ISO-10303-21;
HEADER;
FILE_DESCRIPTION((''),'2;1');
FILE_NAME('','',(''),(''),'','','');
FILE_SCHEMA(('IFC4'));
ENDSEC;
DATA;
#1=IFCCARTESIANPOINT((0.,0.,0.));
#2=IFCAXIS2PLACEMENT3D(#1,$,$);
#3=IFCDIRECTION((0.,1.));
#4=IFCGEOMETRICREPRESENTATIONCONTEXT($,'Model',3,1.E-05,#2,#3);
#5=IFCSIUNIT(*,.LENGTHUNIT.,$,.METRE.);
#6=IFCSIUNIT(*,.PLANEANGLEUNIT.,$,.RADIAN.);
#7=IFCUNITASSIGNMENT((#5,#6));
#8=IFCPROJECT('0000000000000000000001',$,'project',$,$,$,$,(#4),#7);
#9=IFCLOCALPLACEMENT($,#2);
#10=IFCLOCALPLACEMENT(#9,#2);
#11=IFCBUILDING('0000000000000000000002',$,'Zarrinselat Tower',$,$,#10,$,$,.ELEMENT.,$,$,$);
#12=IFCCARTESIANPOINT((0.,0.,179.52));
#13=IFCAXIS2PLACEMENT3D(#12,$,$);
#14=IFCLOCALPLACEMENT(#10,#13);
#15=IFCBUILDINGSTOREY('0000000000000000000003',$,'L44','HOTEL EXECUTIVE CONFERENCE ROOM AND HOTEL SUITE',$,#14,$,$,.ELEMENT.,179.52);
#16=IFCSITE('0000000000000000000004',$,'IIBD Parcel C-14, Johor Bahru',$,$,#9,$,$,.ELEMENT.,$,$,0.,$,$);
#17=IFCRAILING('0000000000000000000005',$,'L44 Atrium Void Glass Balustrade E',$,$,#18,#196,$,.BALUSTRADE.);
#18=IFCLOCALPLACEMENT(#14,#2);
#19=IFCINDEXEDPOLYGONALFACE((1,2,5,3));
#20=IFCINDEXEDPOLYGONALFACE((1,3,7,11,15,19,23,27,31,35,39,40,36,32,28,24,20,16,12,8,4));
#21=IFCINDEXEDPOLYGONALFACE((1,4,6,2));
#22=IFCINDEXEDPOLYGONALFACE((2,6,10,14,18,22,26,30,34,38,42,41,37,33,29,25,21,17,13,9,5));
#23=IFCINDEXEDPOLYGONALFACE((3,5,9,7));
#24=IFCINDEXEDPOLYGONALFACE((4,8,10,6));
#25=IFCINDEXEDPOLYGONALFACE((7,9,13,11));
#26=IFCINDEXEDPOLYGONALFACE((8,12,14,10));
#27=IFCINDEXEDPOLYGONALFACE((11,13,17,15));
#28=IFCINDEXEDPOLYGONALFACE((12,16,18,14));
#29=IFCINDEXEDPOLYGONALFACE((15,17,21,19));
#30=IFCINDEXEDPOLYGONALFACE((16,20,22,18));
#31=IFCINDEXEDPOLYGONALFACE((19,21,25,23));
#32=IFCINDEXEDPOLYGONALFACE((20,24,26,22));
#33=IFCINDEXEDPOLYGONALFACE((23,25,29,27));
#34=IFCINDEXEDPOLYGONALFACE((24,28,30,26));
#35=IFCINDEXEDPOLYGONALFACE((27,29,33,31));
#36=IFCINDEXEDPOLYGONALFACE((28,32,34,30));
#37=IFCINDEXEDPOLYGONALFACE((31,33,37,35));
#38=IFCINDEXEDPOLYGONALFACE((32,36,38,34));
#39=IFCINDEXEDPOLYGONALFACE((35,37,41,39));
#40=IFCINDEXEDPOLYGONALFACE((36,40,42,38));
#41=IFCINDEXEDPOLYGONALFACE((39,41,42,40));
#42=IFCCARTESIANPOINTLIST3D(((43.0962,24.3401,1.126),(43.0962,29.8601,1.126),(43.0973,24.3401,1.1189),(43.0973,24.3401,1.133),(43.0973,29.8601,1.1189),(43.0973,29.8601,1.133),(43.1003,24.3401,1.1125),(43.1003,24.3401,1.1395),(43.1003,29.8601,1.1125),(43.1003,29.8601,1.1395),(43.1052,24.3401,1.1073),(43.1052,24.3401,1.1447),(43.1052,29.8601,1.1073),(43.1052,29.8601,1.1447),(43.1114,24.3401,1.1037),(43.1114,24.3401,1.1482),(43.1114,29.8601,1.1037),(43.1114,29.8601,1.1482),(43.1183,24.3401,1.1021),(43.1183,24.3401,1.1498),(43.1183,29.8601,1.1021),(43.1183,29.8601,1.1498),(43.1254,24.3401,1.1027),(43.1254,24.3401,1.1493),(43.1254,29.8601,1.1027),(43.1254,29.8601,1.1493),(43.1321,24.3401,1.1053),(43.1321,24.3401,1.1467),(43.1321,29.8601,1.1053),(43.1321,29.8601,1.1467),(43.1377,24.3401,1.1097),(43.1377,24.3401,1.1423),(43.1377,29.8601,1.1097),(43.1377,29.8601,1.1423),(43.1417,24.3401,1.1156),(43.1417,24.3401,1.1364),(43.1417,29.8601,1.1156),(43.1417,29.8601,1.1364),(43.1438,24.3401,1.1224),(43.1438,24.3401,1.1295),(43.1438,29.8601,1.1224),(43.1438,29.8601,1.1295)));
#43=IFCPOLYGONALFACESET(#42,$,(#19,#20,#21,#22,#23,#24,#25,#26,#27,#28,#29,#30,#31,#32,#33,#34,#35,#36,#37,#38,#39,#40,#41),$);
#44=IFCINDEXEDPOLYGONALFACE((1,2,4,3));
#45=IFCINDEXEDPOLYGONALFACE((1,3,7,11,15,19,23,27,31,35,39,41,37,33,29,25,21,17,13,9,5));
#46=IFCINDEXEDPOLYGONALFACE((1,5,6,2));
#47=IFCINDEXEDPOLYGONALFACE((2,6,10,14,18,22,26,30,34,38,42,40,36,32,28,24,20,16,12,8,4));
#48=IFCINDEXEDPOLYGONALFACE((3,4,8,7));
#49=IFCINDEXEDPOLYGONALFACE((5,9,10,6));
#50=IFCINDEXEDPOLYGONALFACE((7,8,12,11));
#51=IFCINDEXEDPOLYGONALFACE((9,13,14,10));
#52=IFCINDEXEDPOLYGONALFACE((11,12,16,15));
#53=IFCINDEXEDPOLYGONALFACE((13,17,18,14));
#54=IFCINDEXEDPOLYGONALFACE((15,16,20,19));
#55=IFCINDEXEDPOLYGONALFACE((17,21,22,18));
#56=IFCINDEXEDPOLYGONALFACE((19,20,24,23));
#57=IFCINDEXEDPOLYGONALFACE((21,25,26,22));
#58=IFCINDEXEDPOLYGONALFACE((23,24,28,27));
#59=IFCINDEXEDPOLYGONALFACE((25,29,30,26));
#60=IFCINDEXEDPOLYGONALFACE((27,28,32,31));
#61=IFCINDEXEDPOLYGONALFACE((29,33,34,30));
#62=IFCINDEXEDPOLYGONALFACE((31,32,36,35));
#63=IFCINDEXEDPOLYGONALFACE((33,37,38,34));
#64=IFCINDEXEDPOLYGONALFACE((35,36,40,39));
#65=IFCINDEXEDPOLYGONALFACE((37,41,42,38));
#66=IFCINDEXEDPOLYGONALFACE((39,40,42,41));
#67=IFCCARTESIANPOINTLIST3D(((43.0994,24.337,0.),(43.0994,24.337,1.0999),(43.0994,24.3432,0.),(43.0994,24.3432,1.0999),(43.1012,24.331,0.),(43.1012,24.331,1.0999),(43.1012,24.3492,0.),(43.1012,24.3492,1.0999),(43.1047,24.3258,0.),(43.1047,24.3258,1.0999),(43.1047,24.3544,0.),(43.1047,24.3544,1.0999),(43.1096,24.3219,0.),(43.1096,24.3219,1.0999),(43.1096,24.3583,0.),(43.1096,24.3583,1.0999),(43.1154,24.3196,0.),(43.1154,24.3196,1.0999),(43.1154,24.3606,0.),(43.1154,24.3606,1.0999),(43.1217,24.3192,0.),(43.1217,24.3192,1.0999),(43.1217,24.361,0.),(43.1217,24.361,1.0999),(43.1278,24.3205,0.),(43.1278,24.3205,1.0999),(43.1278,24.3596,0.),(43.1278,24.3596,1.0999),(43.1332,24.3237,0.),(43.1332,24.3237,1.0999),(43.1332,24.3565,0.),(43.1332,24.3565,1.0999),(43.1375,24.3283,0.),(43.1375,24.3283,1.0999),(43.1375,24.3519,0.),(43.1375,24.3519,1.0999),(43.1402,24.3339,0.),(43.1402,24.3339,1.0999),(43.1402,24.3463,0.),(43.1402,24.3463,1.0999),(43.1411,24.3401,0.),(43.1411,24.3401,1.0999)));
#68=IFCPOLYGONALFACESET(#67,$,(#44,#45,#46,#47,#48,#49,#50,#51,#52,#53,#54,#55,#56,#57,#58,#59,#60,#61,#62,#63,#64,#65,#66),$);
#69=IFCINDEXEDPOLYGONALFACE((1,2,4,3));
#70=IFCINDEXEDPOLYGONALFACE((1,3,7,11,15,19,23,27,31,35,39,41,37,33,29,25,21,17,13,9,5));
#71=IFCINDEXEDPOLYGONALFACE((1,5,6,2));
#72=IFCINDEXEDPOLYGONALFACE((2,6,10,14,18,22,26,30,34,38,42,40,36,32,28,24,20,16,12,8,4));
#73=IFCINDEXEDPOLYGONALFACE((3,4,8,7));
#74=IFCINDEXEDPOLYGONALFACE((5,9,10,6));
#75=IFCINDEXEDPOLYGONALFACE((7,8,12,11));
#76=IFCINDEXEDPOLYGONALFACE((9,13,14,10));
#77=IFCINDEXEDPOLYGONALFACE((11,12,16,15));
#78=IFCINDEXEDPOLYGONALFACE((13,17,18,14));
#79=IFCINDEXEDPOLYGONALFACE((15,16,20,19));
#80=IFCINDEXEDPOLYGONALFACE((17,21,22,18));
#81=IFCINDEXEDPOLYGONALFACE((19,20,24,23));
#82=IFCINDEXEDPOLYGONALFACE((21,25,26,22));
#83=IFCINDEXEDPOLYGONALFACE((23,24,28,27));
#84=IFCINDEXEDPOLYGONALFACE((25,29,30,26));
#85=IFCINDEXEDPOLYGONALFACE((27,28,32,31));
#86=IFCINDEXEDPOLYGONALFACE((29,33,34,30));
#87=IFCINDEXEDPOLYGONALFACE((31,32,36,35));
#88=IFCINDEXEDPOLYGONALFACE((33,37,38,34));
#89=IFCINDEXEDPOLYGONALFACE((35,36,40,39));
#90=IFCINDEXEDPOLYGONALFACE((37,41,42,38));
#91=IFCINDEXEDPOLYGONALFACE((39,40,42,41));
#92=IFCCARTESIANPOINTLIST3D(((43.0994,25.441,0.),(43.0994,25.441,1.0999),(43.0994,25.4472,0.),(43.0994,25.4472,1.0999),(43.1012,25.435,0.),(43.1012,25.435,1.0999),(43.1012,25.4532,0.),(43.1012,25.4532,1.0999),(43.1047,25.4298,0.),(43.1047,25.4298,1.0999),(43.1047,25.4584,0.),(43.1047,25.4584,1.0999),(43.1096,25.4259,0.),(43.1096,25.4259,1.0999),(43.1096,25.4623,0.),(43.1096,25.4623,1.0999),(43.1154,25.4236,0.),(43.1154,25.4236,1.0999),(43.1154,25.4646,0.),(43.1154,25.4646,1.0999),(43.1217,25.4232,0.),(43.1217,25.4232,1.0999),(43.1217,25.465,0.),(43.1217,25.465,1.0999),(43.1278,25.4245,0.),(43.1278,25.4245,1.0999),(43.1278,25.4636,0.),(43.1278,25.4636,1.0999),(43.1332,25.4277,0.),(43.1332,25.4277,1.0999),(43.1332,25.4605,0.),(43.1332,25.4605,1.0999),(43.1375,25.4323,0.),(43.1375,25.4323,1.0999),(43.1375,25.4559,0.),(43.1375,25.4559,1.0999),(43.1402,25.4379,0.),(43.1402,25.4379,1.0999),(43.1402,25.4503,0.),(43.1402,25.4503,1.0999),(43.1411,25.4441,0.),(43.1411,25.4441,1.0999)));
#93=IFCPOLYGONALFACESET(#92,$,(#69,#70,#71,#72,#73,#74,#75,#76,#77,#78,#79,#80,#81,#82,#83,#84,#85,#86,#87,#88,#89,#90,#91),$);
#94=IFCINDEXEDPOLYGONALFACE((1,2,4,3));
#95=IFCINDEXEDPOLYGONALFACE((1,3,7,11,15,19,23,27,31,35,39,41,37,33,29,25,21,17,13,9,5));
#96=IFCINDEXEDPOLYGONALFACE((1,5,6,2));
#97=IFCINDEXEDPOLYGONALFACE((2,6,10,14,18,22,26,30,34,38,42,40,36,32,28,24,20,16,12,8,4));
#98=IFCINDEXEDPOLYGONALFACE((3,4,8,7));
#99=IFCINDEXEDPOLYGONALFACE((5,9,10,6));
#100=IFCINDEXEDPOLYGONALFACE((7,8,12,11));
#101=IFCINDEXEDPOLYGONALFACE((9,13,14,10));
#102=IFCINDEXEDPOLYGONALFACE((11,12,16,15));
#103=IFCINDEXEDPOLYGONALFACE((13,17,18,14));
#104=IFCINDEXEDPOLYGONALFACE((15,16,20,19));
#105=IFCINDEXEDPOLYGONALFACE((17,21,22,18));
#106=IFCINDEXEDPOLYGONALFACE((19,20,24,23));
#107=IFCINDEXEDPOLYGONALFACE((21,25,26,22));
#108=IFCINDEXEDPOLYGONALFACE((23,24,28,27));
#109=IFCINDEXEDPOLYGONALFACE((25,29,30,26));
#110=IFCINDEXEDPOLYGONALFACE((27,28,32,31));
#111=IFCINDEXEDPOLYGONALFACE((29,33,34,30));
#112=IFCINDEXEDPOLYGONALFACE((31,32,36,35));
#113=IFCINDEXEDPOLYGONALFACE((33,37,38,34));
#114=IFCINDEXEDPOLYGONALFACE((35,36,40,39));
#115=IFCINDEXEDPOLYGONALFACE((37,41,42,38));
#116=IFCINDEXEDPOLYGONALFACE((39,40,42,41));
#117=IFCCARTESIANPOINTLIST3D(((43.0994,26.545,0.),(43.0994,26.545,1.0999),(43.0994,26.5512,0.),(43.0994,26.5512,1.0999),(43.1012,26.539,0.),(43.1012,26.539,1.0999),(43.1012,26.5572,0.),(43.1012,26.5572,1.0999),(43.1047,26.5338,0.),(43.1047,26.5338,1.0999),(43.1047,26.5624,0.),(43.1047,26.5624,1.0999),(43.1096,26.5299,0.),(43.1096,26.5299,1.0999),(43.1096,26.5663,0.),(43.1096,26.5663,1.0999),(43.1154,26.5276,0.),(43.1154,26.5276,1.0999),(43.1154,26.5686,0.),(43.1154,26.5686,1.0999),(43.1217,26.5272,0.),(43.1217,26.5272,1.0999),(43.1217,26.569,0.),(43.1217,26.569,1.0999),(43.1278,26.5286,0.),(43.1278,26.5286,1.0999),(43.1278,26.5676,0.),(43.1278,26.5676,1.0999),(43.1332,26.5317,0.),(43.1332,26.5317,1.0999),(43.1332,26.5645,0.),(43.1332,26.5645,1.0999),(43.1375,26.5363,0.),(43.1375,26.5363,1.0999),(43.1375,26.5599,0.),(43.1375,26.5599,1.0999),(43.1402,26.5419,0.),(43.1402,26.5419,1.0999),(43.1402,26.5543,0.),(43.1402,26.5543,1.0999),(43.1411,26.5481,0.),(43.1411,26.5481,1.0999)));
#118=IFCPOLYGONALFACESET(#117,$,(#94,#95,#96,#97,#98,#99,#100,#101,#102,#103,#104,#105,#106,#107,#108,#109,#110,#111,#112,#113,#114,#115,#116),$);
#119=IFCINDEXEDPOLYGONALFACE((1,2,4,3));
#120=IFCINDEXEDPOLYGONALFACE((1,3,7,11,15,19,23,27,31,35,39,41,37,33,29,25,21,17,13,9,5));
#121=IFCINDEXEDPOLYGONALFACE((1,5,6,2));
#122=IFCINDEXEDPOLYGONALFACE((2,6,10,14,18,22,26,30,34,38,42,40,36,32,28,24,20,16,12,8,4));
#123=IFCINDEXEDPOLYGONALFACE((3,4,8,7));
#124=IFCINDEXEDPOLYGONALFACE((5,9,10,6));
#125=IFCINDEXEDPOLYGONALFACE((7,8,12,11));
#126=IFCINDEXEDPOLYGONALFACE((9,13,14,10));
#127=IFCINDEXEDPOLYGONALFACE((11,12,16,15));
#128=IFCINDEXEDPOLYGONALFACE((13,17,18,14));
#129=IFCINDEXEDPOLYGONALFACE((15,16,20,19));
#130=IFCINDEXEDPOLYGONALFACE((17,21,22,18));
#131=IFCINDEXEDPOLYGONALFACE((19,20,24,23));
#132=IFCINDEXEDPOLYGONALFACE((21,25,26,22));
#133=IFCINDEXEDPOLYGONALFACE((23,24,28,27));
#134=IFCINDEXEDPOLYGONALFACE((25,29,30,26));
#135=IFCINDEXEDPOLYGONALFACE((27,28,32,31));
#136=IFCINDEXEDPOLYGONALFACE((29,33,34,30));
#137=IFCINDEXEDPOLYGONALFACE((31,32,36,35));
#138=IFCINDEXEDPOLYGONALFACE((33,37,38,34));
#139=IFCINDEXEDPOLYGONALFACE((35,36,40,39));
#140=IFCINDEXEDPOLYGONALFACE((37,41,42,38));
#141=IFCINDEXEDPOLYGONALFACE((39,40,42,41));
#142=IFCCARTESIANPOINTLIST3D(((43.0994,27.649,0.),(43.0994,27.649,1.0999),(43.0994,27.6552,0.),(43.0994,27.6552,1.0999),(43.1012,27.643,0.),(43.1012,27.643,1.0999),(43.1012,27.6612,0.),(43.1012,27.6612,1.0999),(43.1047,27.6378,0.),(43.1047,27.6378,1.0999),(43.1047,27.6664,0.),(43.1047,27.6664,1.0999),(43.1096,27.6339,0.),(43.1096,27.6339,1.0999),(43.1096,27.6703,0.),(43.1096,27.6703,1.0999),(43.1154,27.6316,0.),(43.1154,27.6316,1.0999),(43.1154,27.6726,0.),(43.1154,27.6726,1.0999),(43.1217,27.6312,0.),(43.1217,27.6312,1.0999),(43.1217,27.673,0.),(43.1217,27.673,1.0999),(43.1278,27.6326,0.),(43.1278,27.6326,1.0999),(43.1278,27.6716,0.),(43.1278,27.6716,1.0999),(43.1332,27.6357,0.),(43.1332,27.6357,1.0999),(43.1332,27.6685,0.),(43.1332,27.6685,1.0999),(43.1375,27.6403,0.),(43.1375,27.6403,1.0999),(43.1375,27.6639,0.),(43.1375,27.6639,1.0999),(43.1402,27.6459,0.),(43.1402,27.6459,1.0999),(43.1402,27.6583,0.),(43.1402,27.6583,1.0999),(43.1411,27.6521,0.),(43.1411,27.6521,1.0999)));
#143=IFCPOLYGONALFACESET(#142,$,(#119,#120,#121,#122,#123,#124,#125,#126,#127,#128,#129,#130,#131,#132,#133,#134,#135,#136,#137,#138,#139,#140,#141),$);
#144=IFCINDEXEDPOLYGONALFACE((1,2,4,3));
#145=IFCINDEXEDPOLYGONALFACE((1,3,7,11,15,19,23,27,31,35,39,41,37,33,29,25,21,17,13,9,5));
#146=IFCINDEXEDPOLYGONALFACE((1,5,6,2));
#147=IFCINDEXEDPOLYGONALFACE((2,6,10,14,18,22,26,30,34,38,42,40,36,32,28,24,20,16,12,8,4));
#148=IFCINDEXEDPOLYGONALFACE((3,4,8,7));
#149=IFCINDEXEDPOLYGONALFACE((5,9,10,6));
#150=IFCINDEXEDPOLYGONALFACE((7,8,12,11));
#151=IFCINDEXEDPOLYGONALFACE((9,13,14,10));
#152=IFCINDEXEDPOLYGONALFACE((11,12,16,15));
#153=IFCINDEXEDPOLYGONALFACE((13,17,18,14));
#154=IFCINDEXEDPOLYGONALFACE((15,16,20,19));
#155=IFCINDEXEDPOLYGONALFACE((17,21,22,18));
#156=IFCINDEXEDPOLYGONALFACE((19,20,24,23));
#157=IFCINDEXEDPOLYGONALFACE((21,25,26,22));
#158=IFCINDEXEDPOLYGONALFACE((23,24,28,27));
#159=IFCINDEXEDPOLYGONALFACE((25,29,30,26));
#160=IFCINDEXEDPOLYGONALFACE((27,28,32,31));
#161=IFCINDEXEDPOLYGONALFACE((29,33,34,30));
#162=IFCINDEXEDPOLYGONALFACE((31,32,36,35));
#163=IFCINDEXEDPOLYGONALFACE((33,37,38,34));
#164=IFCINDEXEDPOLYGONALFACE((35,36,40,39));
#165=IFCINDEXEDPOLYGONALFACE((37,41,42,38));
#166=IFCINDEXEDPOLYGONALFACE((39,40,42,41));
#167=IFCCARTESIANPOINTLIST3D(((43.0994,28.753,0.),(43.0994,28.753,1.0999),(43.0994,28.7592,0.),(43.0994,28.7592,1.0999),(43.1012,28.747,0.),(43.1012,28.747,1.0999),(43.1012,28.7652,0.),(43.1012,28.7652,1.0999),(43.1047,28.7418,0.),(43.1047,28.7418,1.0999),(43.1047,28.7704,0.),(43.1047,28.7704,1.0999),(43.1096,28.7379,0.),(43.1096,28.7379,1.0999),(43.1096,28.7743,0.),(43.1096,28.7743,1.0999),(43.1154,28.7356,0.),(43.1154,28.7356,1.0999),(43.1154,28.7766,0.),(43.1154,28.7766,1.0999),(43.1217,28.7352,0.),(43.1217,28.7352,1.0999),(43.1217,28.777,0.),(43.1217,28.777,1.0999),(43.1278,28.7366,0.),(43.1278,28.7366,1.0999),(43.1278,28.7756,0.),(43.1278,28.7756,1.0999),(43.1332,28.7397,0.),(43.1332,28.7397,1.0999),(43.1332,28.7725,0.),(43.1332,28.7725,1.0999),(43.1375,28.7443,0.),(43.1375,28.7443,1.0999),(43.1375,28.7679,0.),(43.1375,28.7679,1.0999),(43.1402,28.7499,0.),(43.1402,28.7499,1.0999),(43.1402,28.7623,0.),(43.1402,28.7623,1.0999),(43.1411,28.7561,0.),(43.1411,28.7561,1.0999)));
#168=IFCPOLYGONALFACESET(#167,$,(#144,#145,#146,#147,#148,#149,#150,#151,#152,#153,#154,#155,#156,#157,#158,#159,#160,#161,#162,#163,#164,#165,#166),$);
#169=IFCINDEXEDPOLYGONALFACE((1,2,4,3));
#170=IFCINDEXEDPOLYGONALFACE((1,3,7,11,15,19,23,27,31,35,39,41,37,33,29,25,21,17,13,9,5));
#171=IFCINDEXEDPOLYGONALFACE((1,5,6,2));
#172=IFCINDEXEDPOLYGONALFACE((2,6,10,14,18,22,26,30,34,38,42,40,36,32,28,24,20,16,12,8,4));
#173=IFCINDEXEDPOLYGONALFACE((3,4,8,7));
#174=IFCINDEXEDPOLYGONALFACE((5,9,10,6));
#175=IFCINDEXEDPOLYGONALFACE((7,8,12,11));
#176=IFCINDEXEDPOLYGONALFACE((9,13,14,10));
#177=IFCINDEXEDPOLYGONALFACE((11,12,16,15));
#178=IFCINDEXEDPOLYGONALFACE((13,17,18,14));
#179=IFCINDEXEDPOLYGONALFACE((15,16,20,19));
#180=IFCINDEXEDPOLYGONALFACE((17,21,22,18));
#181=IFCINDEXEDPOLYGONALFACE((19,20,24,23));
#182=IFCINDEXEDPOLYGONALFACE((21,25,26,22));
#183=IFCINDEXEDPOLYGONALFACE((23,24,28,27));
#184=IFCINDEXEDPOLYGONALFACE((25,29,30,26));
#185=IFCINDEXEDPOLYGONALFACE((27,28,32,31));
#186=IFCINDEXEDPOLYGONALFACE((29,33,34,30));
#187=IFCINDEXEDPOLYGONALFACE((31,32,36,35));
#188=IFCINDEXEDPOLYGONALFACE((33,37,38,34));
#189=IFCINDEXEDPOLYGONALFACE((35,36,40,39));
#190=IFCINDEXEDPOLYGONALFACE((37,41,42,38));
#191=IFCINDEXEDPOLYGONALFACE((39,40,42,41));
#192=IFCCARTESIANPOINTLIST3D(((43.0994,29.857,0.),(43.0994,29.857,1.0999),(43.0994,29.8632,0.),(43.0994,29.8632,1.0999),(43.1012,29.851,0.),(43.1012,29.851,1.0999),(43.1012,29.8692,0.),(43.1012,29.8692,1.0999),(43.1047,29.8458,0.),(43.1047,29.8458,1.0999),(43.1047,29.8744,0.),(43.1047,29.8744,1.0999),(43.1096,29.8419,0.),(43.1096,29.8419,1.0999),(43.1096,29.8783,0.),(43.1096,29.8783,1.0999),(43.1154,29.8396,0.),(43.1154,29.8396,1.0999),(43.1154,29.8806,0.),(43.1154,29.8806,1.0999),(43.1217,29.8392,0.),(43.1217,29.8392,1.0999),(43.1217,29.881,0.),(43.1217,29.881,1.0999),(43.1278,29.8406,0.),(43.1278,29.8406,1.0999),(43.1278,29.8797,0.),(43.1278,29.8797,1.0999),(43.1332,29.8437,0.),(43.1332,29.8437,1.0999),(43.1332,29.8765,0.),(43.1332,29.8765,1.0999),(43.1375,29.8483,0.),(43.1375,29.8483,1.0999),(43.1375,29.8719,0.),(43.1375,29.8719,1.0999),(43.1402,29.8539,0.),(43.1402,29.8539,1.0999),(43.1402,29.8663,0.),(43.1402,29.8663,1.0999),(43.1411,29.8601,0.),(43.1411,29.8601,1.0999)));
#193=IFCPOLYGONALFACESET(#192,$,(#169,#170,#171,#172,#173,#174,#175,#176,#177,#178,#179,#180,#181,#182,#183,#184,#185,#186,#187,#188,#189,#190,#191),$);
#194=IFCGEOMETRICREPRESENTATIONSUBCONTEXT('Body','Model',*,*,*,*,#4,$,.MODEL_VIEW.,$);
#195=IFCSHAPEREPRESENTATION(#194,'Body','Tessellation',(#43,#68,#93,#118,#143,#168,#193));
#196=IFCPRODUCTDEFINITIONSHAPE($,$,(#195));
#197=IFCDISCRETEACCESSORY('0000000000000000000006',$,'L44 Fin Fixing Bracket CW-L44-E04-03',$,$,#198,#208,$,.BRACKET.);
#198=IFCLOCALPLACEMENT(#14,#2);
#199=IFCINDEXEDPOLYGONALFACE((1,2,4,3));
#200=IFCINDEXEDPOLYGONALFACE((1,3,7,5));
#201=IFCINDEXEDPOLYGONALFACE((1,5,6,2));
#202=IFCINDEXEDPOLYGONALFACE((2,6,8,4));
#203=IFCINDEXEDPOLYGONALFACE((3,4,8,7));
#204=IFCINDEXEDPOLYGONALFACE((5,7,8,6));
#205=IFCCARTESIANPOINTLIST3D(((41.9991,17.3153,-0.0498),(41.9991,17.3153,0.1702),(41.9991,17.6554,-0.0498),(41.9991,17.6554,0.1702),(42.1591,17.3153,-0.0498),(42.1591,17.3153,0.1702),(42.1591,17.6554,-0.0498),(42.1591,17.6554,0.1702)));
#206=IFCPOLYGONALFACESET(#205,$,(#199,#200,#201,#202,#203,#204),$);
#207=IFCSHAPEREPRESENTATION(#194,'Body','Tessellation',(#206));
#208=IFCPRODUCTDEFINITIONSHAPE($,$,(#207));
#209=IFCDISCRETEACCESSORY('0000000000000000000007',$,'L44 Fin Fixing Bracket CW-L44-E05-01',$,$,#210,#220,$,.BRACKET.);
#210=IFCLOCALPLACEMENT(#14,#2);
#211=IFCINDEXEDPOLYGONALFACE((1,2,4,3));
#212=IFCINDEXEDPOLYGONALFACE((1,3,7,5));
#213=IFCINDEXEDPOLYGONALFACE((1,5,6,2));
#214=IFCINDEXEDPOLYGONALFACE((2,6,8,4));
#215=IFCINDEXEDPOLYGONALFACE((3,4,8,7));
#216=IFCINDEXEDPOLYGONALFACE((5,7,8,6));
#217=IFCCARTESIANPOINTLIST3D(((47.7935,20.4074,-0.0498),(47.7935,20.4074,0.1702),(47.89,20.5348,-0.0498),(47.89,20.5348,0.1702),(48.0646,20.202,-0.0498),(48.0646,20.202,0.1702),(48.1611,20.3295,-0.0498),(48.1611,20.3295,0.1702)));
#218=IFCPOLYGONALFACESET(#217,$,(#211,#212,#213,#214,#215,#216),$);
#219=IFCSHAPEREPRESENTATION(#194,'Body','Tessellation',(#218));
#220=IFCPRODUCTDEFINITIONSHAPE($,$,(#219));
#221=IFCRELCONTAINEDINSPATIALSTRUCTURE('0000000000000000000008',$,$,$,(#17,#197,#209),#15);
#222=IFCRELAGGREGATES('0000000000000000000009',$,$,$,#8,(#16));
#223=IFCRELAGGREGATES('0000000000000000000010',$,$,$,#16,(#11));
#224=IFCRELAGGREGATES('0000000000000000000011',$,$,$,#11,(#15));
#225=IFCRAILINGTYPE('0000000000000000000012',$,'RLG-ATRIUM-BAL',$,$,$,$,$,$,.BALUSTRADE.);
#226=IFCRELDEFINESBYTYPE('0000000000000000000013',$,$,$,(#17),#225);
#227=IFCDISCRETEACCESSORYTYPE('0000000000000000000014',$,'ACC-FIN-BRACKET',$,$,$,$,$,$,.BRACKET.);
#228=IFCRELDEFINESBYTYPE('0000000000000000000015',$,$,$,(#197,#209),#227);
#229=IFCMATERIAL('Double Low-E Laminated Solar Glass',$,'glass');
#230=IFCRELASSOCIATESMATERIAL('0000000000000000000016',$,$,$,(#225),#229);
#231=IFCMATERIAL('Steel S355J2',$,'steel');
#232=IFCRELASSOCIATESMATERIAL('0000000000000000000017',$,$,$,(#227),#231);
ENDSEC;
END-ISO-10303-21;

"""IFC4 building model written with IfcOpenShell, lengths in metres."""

from ifc_helpers import new_model, si_unit, direction, frame, origin, origin_2d, place, context, subcontext, project, spatial, rectangle, circle, extrude, material, type_object, element, save


model = new_model("IFC4")

# Units and contexts
model_context = context("Model", 3, precision=1e-05, world=origin(), true_north=direction((0.0, 1.0)))
body_context = subcontext(model_context, "Body", "Model", "MODEL_VIEW")
ifc_project = project(units=[si_unit("LENGTHUNIT", "METRE"), si_unit("PLANEANGLEUNIT", "RADIAN")], contexts=[model_context])

# Site, building, storey
site_placement = place(None, origin())
site = spatial("IfcSite", under=ifc_project, at=site_placement, Name="IIBD Parcel C-14, Johor Bahru", CompositionType="ELEMENT", RefElevation=0.0)
building_placement = place(site_placement, origin())
building = spatial("IfcBuilding", under=site, at=building_placement, Name="Zarrinselat Tower", CompositionType="ELEMENT")
storey_placement = place(building_placement, frame((0.0, 0.0, 179.52)))
storey = spatial("IfcBuildingStorey", under=building, at=storey_placement, Name="L44", Description="HOTEL EXECUTIVE CONFERENCE ROOM AND HOTEL SUITE", CompositionType="ELEMENT", Elevation=179.52)

# Railing
ifc_material_1 = material(Name="Double Low-E Laminated Solar Glass", Category="glass")
railing_type = type_object("IfcRailingType", Name="RLG-ATRIUM-BAL", PredefinedType="BALUSTRADE", material=ifc_material_1)
railing_placement = place(storey_placement, frame((43.1201, 24.3401, 0.0)))
element("IfcRailing", 1, at=railing_placement, inside=storey, type_object=railing_type, Name="L44 Atrium Void Glass Balustrade E", PredefinedType="BALUSTRADE", context=body_context, shape_type="SweptSolid", body=[
    extrude(circle(Radius=0.0239, at=origin_2d()), frame((0.0, 0.0, 1.126), z_axis=(0.0, 1.0, 0.0), x_axis=(-1.0, 0.0, 0.0)), (0.0, 0.0, 1.0), 5.52),
    extrude(circle(Radius=0.021, at=origin_2d()), origin(), (0.0, 0.0, 1.0), 1.0999),
    extrude(circle(Radius=0.021, at=origin_2d()), frame((0.0, 1.104, 0.0)), (0.0, 0.0, 1.0), 1.0999),
    extrude(circle(Radius=0.021, at=origin_2d()), frame((0.0, 2.208, 0.0)), (0.0, 0.0, 1.0), 1.0999),
    extrude(circle(Radius=0.021, at=origin_2d()), frame((0.0, 3.312, 0.0)), (0.0, 0.0, 1.0), 1.0999),
    extrude(circle(Radius=0.021, at=origin_2d()), frame((0.0, 4.416, 0.0)), (0.0, 0.0, 1.0), 1.0999),
    extrude(circle(Radius=0.021, at=origin_2d()), frame((0.0, 5.52, 0.0)), (0.0, 0.0, 1.0), 1.0999),
])

# Discrete accessories
ifc_material_2 = material(Name="Steel S355J2", Category="steel")
discrete_accessory_type = type_object("IfcDiscreteAccessoryType", Name="ACC-FIN-BRACKET", PredefinedType="BRACKET", material=ifc_material_2)
for number, where, z_axis, x_axis, name in (
    (2, (42.0791, 17.4854, -0.0498), (0.0, 0.0, 1.0), (0.0, -1.0, 0.0), "L44 Fin Fixing Bracket CW-L44-E04-03"),
    (3, (47.9773, 20.3684, -0.0498), (0.0, 0.0, 1.0), (0.797091, -0.603859, 0.0), "L44 Fin Fixing Bracket CW-L44-E05-01"),
):
    element("IfcDiscreteAccessory", number, at=place(storey_placement, frame(where, z_axis=z_axis, x_axis=x_axis)), inside=storey, type_object=discrete_accessory_type, Name=name, PredefinedType="BRACKET", context=body_context, shape_type="SweptSolid", body=[
        extrude(rectangle(XDim=0.3401, YDim=0.1599, at=origin_2d()), origin(), (0.0, 0.0, 1.0), 0.22),
    ])

save(model, "model.ifc")
